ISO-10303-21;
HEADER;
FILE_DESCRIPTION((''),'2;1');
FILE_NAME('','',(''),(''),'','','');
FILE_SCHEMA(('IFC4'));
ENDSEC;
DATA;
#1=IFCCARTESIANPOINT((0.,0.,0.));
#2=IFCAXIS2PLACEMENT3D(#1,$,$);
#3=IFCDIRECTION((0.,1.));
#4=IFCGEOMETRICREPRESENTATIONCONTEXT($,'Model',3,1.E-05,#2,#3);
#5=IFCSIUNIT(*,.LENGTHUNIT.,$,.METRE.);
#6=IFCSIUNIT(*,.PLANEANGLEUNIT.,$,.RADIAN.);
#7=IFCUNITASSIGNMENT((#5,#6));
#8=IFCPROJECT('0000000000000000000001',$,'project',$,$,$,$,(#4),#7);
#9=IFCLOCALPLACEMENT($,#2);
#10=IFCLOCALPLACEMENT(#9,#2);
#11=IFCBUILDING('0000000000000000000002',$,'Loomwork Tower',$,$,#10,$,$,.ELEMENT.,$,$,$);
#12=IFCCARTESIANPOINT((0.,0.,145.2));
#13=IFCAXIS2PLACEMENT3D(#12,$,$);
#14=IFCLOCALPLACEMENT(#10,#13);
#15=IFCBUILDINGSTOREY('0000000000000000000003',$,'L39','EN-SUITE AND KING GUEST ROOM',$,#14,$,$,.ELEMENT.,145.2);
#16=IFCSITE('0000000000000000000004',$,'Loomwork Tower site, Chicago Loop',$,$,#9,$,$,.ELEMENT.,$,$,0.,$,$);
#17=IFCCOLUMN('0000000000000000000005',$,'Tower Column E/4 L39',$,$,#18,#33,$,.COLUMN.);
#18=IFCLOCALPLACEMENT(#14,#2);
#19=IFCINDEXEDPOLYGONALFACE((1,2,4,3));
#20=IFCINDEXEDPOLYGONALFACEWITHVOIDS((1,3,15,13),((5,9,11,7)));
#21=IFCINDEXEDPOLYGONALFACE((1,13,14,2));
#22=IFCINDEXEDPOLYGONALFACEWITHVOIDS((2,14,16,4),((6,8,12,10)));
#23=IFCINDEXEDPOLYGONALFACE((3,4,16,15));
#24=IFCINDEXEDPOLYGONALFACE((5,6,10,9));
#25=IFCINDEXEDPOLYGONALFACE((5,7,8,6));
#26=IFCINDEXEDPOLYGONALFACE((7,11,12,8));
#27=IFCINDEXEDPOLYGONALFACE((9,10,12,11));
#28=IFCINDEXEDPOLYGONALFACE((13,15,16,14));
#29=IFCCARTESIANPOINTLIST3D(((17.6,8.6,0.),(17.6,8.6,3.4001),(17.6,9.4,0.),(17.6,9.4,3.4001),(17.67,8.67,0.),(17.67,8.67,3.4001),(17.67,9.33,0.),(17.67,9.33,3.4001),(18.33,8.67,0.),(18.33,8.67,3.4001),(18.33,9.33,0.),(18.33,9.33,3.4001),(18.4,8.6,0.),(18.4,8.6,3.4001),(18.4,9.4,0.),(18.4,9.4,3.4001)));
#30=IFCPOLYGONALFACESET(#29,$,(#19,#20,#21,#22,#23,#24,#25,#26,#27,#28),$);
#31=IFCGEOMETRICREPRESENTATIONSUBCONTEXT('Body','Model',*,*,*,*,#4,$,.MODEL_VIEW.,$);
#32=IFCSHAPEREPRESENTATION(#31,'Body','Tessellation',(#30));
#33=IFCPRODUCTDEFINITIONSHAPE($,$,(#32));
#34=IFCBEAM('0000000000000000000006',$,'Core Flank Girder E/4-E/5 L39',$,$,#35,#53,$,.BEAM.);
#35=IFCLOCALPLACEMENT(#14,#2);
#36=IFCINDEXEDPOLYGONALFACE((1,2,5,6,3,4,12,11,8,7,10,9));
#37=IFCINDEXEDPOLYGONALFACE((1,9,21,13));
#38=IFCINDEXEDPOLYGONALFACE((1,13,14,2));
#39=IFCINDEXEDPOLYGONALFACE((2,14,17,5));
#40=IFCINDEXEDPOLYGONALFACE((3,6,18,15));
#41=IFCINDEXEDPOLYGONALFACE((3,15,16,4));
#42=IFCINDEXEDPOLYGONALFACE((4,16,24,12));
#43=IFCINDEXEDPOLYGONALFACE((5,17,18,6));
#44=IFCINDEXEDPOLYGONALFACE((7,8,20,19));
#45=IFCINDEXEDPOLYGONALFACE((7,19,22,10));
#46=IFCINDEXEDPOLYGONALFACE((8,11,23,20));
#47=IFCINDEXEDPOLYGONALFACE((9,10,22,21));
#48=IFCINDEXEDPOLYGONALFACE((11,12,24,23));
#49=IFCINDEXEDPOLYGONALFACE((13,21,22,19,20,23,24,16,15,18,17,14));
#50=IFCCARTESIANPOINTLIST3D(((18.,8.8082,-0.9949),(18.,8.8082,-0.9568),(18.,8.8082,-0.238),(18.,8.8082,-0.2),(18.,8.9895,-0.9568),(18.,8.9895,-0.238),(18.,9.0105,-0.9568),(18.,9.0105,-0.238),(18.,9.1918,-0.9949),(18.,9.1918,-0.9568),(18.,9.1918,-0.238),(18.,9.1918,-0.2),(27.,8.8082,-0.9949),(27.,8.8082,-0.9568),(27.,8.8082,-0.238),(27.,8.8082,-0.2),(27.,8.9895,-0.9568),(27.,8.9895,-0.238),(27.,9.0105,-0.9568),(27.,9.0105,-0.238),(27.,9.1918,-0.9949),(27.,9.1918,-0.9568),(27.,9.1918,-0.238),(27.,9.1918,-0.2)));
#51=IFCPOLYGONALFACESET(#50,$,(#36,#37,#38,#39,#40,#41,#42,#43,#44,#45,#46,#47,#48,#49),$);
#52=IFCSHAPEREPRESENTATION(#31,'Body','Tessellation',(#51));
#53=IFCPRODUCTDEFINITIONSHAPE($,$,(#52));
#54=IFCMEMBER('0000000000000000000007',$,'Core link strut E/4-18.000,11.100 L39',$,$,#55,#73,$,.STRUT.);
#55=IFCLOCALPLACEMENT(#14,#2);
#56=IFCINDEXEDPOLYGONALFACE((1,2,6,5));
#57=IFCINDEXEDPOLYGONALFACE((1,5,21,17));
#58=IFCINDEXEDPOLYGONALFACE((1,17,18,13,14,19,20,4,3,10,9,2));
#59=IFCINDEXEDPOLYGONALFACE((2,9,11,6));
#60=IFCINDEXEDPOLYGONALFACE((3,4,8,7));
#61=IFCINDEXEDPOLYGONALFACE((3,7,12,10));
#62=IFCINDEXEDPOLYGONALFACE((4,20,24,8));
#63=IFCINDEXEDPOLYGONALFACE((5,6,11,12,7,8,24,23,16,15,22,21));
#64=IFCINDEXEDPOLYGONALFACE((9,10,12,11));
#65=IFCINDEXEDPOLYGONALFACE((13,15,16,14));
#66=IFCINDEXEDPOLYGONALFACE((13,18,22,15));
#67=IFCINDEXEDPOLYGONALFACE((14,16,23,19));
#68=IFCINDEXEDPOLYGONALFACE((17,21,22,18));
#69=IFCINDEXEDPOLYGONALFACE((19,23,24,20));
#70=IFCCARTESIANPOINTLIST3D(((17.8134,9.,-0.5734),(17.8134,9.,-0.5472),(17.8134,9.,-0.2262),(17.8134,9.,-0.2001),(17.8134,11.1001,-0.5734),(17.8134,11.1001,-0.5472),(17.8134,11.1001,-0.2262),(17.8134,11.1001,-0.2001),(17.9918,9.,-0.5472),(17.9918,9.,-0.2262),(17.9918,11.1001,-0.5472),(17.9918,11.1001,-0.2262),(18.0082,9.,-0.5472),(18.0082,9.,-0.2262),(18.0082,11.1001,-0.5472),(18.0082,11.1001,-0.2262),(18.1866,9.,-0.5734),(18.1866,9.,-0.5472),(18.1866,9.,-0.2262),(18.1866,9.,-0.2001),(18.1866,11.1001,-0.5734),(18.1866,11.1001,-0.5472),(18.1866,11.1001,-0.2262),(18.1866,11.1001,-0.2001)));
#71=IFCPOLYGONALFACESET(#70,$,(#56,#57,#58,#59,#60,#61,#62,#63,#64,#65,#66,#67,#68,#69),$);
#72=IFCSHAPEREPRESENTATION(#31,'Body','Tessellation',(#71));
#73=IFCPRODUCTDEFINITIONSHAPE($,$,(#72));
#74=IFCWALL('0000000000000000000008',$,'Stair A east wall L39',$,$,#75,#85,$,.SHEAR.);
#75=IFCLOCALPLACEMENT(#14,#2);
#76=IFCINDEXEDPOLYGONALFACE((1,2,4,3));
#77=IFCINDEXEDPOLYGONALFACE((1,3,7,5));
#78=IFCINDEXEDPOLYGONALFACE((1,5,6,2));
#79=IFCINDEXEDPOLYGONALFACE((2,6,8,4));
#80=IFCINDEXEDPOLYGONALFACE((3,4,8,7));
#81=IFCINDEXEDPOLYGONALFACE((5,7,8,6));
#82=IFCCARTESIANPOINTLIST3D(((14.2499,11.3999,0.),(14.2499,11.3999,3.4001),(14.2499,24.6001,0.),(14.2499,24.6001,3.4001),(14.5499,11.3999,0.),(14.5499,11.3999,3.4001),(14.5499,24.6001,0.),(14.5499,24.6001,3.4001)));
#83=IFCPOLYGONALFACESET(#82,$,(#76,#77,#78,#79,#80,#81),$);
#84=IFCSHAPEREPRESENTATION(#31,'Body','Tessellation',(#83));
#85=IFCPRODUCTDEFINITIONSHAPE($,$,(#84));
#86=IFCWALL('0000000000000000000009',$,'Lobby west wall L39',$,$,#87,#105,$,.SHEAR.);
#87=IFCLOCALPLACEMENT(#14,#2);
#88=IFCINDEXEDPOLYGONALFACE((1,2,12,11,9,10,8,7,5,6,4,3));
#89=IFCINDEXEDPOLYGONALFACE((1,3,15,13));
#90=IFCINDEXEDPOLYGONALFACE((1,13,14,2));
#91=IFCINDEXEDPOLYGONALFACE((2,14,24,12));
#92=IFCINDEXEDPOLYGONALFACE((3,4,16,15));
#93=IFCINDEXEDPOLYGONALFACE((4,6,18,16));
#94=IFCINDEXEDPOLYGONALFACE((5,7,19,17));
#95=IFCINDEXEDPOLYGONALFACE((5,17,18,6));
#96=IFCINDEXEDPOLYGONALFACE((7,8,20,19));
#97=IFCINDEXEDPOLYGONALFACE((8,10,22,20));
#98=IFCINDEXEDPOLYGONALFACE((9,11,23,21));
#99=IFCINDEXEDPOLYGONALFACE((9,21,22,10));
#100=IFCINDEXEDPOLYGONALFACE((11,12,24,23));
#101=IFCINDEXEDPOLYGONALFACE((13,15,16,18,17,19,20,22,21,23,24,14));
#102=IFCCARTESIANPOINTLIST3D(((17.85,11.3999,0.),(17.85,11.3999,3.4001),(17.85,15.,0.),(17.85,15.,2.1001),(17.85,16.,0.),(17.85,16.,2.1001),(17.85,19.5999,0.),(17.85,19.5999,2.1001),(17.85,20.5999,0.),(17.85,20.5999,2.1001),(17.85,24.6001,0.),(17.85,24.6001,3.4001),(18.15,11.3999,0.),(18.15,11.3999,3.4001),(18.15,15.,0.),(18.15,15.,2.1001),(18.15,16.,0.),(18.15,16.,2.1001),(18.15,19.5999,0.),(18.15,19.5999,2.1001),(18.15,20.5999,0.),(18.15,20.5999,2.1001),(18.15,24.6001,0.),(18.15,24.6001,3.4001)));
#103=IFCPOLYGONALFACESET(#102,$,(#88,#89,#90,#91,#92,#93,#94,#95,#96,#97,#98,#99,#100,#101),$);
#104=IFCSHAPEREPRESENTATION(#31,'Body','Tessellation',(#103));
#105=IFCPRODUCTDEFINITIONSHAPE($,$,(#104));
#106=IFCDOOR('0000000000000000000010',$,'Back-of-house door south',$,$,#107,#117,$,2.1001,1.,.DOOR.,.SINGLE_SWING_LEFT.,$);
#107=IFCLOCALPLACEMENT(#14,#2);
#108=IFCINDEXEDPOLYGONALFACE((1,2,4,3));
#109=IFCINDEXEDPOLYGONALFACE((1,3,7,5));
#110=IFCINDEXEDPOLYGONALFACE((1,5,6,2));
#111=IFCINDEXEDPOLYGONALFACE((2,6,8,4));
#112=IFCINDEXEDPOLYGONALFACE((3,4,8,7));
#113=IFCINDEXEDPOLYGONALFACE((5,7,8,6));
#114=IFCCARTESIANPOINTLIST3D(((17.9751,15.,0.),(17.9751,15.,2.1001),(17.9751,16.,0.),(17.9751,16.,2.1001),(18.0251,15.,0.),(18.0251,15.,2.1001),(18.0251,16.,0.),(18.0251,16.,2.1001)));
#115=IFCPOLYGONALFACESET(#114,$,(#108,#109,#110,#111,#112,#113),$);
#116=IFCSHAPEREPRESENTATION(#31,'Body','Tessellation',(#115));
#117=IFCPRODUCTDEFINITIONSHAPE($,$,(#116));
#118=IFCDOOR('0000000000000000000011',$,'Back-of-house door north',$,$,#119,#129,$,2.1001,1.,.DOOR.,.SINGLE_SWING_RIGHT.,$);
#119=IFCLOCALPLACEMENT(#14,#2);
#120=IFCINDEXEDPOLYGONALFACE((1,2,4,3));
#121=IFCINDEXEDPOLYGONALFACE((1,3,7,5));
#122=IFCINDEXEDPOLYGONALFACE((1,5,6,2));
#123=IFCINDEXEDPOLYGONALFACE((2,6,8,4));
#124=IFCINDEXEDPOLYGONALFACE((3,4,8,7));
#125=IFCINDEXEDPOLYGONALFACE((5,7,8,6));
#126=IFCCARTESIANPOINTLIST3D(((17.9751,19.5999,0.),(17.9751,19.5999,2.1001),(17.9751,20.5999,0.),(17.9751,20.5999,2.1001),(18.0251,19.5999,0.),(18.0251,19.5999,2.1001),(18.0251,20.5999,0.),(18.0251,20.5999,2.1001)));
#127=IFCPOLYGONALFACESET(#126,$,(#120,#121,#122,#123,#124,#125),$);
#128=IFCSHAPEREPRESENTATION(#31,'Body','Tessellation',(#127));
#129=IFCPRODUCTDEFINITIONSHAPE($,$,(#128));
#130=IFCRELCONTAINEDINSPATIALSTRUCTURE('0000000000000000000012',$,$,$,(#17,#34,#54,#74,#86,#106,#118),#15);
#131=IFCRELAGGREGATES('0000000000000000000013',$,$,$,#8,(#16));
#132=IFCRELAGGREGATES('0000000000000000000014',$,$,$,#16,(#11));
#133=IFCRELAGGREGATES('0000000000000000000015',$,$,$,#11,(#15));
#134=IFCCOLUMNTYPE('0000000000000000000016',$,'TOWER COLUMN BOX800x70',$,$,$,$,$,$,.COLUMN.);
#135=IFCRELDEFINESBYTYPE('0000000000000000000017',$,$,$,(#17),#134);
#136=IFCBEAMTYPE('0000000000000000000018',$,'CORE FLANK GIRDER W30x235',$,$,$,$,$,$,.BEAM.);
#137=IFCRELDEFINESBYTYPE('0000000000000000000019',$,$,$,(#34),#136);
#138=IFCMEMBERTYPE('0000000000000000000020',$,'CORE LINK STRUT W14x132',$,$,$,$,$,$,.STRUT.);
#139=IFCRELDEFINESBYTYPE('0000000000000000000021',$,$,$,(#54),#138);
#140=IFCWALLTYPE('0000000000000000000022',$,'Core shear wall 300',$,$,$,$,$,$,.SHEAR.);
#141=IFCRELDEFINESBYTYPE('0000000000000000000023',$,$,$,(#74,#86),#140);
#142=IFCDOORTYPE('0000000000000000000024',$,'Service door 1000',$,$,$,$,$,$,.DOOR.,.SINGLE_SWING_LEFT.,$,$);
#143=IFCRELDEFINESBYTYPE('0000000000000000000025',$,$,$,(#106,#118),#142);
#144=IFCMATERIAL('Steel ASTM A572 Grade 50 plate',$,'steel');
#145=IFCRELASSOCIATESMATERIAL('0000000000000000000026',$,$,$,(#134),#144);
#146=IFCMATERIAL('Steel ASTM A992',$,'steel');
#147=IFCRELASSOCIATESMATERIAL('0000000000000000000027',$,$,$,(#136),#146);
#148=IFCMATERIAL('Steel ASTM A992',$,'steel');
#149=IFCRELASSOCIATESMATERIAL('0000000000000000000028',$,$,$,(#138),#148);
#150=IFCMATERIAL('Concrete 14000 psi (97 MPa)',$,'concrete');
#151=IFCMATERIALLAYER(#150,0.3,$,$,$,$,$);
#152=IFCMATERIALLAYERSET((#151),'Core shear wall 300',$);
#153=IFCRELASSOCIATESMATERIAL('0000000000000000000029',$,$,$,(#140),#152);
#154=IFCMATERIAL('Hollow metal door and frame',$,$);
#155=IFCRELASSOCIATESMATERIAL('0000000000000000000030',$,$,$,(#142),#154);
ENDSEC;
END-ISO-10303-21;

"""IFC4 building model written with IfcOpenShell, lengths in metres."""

from ifc_helpers import new_model, si_unit, direction, frame, frame_2d, origin, origin_2d, place, context, subcontext, project, spatial, rectangle, hollow_rectangle, i_section, extrude, material, layer, layer_set, material_profile, profile_set, type_object, element, fill, save


model = new_model("IFC4")

# Units and contexts
model_context = context("Model", 3, precision=1e-05, world=origin(), true_north=direction((0.0, 1.0)))
body_context = subcontext(model_context, "Body", "Model", "MODEL_VIEW")
ifc_project = project(units=[si_unit("LENGTHUNIT", "METRE"), si_unit("PLANEANGLEUNIT", "RADIAN")], contexts=[model_context])

# Site, building, storey
site_placement = place(None, origin())
site = spatial("IfcSite", under=ifc_project, at=site_placement, Name="Loomwork Tower site, Chicago Loop", CompositionType="ELEMENT", RefElevation=0.0)
building_placement = place(site_placement, origin())
building = spatial("IfcBuilding", under=site, at=building_placement, Name="Loomwork Tower", CompositionType="ELEMENT")
storey_placement = place(building_placement, frame((0.0, 0.0, 145.2)))
storey = spatial("IfcBuildingStorey", under=building, at=storey_placement, Name="L39", Description="EN-SUITE AND KING GUEST ROOM", CompositionType="ELEMENT", Elevation=145.2)

# Column
ifc_material_1 = material(Name="Steel ASTM A572 Grade 50 plate", Category="steel")
ifc_material_profile_1 = material_profile(ifc_material_1, hollow_rectangle(XDim=0.8, YDim=0.8, WallThickness=0.0701, at=origin_2d()), Name="BOX800x70")
ifc_profile_set_1 = profile_set([ifc_material_profile_1], Name="Steel ASTM A572 Grade 50 plate")
column_type = type_object("IfcColumnType", Name="TOWER COLUMN BOX800x70", PredefinedType="COLUMN", material=ifc_profile_set_1)
column_placement = place(storey_placement, frame((18.0, 9.0, 0.0), z_axis=(0.0, 0.0, 1.0), x_axis=(1.0, 0.0, 0.0)))
element("IfcColumn", 1, at=column_placement, inside=storey, type_object=column_type, Name="Tower Column E/4 L39", PredefinedType="COLUMN", context=body_context, shape_type="SweptSolid", body=[
    extrude(hollow_rectangle(XDim=0.8, YDim=0.8, WallThickness=0.0701, at=origin_2d()), origin(), (0.0, 0.0, 1.0), 3.4001),
])

# Beam
ifc_material_2 = material(Name="Steel ASTM A992", Category="steel")
ifc_material_profile_2 = material_profile(ifc_material_2, i_section(OverallWidth=0.3835, OverallDepth=0.7949, WebThickness=0.021, FlangeThickness=0.0381, at=origin_2d()), Name="W30x235")
ifc_profile_set_2 = profile_set([ifc_material_profile_2], Name="Steel ASTM A992")
beam_type = type_object("IfcBeamType", Name="CORE FLANK GIRDER W30x235", PredefinedType="BEAM", material=ifc_profile_set_2)
beam_placement = place(storey_placement, frame((18.0, 9.0, -0.5974), z_axis=(1.0, 0.0, 0.0), x_axis=(0.0, 1.0, 0.0)))
element("IfcBeam", 2, at=beam_placement, inside=storey, type_object=beam_type, Name="Core Flank Girder E/4-E/5 L39", PredefinedType="BEAM", context=body_context, shape_type="SweptSolid", body=[
    extrude(i_section(OverallWidth=0.3835, OverallDepth=0.7949, WebThickness=0.021, FlangeThickness=0.0381, at=origin_2d()), origin(), (0.0, 0.0, 1.0), 9.0),
])

# Member
ifc_material_3 = material(Name="Steel ASTM A992", Category="steel")
ifc_material_profile_3 = material_profile(ifc_material_3, i_section(OverallWidth=0.3733, OverallDepth=0.3733, WebThickness=0.0164, FlangeThickness=0.0261, at=origin_2d()), Name="W14x132")
ifc_profile_set_3 = profile_set([ifc_material_profile_3], Name="Steel ASTM A992")
member_type = type_object("IfcMemberType", Name="CORE LINK STRUT W14x132", PredefinedType="STRUT", material=ifc_profile_set_3)
member_placement = place(storey_placement, frame((18.0, 9.0, -0.3867), z_axis=(0.0, 1.0, 0.0), x_axis=(-1.0, 0.0, 0.0)))
element("IfcMember", 3, at=member_placement, inside=storey, type_object=member_type, Name="Core link strut E/4-18.000,11.100 L39", PredefinedType="STRUT", context=body_context, shape_type="SweptSolid", body=[
    extrude(i_section(OverallWidth=0.3733, OverallDepth=0.3733, WebThickness=0.0164, FlangeThickness=0.0261, at=origin_2d()), origin(), (0.0, 0.0, 1.0), 2.1001),
])

# Wall
ifc_material_4 = material(Name="Concrete 14000 psi (97 MPa)", Category="concrete")
ifc_layer_1 = layer(ifc_material_4, 0.3)
ifc_layer_set_1 = layer_set([ifc_layer_1], Name="Core shear wall 300")
wall_type_1 = type_object("IfcWallType", Name="Core shear wall 300", PredefinedType="SHEAR", material=ifc_layer_set_1)
wall_1_placement = place(storey_placement, frame((14.3999, 11.3999, 0.0), z_axis=(0.0, 0.0, 1.0), x_axis=(0.0, 1.0, 0.0)))
element("IfcWall", 4, at=wall_1_placement, inside=storey, type_object=wall_type_1, Name="Stair A east wall L39", PredefinedType="SHEAR", context=body_context, shape_type="SweptSolid", body=[
    extrude(rectangle(XDim=13.2002, YDim=0.3, at=frame_2d((6.6001, 0.0))), origin(), (0.0, 0.0, 1.0), 3.4001),
])

# Wall, openings, doors
wall_2_placement = place(storey_placement, frame((18.0, 11.3999, 0.0), z_axis=(0.0, 0.0, 1.0), x_axis=(0.0, 1.0, 0.0)))
wall_2 = element("IfcWall", 5, at=wall_2_placement, inside=storey, type_object=wall_type_1, Name="Lobby west wall L39", PredefinedType="SHEAR", context=body_context, shape_type="SweptSolid", body=[
    extrude(rectangle(XDim=13.2002, YDim=0.3, at=frame_2d((6.6001, 0.0))), origin(), (0.0, 0.0, 1.0), 3.4001),
])
opening_1_placement = place(wall_2_placement, frame((3.6001, 0.0, 0.0)))
opening_1 = element("IfcOpeningElement", 6, at=opening_1_placement, cuts=wall_2, PredefinedType="OPENING", context=body_context, shape_type="SweptSolid", body=[
    extrude(rectangle(XDim=1.0, YDim=2.1001, at=frame_2d((0.5, 1.05))), frame((0.0, 0.1599, 0.0), z_axis=(0.0, -1.0, 0.0), x_axis=(1.0, 0.0, 0.0)), (0.0, 0.0, 1.0), 0.3201),
])
opening_2_placement = place(wall_2_placement, frame((8.2, 0.0, 0.0)))
opening_2 = element("IfcOpeningElement", 7, at=opening_2_placement, cuts=wall_2, PredefinedType="OPENING", context=body_context, shape_type="SweptSolid", body=[
    extrude(rectangle(XDim=1.0, YDim=2.1001, at=frame_2d((0.5, 1.05))), frame((0.0, 0.1599, 0.0), z_axis=(0.0, -1.0, 0.0), x_axis=(1.0, 0.0, 0.0)), (0.0, 0.0, 1.0), 0.3201),
])
ifc_material_5 = material(Name="Hollow metal door and frame")
door_type_1 = type_object("IfcDoorType", Name="Service door 1000", OperationType="SINGLE_SWING_LEFT", PredefinedType="DOOR", material=ifc_material_5)
door_1_placement = place(opening_1_placement, origin())
door_1 = element("IfcDoor", 8, at=door_1_placement, inside=storey, type_object=door_type_1, Name="Back-of-house door south", OperationType="SINGLE_SWING_LEFT", OverallHeight=2.1001, OverallWidth=1.0, PredefinedType="DOOR", context=body_context, shape_type="SweptSolid", body=[
    extrude(rectangle(XDim=1.0, YDim=2.1001, at=frame_2d((0.5, 1.05))), frame((0.0, 0.0249, 0.0), z_axis=(0.0, -1.0, 0.0), x_axis=(1.0, 0.0, 0.0)), (0.0, 0.0, 1.0), 0.05),
])
fill(opening_1, door_1)
door_2_placement = place(opening_2_placement, origin())
door_2 = element("IfcDoor", 9, at=door_2_placement, inside=storey, type_object=door_type_1, Name="Back-of-house door north", OperationType="SINGLE_SWING_RIGHT", OverallHeight=2.1001, OverallWidth=1.0, PredefinedType="DOOR", context=body_context, shape_type="SweptSolid", body=[
    extrude(rectangle(XDim=1.0, YDim=2.1001, at=frame_2d((0.5, 1.05))), frame((0.0, 0.0249, 0.0), z_axis=(0.0, -1.0, 0.0), x_axis=(1.0, 0.0, 0.0)), (0.0, 0.0, 1.0), 0.05),
])
fill(opening_2, door_2)

save(model, "model.ifc")
